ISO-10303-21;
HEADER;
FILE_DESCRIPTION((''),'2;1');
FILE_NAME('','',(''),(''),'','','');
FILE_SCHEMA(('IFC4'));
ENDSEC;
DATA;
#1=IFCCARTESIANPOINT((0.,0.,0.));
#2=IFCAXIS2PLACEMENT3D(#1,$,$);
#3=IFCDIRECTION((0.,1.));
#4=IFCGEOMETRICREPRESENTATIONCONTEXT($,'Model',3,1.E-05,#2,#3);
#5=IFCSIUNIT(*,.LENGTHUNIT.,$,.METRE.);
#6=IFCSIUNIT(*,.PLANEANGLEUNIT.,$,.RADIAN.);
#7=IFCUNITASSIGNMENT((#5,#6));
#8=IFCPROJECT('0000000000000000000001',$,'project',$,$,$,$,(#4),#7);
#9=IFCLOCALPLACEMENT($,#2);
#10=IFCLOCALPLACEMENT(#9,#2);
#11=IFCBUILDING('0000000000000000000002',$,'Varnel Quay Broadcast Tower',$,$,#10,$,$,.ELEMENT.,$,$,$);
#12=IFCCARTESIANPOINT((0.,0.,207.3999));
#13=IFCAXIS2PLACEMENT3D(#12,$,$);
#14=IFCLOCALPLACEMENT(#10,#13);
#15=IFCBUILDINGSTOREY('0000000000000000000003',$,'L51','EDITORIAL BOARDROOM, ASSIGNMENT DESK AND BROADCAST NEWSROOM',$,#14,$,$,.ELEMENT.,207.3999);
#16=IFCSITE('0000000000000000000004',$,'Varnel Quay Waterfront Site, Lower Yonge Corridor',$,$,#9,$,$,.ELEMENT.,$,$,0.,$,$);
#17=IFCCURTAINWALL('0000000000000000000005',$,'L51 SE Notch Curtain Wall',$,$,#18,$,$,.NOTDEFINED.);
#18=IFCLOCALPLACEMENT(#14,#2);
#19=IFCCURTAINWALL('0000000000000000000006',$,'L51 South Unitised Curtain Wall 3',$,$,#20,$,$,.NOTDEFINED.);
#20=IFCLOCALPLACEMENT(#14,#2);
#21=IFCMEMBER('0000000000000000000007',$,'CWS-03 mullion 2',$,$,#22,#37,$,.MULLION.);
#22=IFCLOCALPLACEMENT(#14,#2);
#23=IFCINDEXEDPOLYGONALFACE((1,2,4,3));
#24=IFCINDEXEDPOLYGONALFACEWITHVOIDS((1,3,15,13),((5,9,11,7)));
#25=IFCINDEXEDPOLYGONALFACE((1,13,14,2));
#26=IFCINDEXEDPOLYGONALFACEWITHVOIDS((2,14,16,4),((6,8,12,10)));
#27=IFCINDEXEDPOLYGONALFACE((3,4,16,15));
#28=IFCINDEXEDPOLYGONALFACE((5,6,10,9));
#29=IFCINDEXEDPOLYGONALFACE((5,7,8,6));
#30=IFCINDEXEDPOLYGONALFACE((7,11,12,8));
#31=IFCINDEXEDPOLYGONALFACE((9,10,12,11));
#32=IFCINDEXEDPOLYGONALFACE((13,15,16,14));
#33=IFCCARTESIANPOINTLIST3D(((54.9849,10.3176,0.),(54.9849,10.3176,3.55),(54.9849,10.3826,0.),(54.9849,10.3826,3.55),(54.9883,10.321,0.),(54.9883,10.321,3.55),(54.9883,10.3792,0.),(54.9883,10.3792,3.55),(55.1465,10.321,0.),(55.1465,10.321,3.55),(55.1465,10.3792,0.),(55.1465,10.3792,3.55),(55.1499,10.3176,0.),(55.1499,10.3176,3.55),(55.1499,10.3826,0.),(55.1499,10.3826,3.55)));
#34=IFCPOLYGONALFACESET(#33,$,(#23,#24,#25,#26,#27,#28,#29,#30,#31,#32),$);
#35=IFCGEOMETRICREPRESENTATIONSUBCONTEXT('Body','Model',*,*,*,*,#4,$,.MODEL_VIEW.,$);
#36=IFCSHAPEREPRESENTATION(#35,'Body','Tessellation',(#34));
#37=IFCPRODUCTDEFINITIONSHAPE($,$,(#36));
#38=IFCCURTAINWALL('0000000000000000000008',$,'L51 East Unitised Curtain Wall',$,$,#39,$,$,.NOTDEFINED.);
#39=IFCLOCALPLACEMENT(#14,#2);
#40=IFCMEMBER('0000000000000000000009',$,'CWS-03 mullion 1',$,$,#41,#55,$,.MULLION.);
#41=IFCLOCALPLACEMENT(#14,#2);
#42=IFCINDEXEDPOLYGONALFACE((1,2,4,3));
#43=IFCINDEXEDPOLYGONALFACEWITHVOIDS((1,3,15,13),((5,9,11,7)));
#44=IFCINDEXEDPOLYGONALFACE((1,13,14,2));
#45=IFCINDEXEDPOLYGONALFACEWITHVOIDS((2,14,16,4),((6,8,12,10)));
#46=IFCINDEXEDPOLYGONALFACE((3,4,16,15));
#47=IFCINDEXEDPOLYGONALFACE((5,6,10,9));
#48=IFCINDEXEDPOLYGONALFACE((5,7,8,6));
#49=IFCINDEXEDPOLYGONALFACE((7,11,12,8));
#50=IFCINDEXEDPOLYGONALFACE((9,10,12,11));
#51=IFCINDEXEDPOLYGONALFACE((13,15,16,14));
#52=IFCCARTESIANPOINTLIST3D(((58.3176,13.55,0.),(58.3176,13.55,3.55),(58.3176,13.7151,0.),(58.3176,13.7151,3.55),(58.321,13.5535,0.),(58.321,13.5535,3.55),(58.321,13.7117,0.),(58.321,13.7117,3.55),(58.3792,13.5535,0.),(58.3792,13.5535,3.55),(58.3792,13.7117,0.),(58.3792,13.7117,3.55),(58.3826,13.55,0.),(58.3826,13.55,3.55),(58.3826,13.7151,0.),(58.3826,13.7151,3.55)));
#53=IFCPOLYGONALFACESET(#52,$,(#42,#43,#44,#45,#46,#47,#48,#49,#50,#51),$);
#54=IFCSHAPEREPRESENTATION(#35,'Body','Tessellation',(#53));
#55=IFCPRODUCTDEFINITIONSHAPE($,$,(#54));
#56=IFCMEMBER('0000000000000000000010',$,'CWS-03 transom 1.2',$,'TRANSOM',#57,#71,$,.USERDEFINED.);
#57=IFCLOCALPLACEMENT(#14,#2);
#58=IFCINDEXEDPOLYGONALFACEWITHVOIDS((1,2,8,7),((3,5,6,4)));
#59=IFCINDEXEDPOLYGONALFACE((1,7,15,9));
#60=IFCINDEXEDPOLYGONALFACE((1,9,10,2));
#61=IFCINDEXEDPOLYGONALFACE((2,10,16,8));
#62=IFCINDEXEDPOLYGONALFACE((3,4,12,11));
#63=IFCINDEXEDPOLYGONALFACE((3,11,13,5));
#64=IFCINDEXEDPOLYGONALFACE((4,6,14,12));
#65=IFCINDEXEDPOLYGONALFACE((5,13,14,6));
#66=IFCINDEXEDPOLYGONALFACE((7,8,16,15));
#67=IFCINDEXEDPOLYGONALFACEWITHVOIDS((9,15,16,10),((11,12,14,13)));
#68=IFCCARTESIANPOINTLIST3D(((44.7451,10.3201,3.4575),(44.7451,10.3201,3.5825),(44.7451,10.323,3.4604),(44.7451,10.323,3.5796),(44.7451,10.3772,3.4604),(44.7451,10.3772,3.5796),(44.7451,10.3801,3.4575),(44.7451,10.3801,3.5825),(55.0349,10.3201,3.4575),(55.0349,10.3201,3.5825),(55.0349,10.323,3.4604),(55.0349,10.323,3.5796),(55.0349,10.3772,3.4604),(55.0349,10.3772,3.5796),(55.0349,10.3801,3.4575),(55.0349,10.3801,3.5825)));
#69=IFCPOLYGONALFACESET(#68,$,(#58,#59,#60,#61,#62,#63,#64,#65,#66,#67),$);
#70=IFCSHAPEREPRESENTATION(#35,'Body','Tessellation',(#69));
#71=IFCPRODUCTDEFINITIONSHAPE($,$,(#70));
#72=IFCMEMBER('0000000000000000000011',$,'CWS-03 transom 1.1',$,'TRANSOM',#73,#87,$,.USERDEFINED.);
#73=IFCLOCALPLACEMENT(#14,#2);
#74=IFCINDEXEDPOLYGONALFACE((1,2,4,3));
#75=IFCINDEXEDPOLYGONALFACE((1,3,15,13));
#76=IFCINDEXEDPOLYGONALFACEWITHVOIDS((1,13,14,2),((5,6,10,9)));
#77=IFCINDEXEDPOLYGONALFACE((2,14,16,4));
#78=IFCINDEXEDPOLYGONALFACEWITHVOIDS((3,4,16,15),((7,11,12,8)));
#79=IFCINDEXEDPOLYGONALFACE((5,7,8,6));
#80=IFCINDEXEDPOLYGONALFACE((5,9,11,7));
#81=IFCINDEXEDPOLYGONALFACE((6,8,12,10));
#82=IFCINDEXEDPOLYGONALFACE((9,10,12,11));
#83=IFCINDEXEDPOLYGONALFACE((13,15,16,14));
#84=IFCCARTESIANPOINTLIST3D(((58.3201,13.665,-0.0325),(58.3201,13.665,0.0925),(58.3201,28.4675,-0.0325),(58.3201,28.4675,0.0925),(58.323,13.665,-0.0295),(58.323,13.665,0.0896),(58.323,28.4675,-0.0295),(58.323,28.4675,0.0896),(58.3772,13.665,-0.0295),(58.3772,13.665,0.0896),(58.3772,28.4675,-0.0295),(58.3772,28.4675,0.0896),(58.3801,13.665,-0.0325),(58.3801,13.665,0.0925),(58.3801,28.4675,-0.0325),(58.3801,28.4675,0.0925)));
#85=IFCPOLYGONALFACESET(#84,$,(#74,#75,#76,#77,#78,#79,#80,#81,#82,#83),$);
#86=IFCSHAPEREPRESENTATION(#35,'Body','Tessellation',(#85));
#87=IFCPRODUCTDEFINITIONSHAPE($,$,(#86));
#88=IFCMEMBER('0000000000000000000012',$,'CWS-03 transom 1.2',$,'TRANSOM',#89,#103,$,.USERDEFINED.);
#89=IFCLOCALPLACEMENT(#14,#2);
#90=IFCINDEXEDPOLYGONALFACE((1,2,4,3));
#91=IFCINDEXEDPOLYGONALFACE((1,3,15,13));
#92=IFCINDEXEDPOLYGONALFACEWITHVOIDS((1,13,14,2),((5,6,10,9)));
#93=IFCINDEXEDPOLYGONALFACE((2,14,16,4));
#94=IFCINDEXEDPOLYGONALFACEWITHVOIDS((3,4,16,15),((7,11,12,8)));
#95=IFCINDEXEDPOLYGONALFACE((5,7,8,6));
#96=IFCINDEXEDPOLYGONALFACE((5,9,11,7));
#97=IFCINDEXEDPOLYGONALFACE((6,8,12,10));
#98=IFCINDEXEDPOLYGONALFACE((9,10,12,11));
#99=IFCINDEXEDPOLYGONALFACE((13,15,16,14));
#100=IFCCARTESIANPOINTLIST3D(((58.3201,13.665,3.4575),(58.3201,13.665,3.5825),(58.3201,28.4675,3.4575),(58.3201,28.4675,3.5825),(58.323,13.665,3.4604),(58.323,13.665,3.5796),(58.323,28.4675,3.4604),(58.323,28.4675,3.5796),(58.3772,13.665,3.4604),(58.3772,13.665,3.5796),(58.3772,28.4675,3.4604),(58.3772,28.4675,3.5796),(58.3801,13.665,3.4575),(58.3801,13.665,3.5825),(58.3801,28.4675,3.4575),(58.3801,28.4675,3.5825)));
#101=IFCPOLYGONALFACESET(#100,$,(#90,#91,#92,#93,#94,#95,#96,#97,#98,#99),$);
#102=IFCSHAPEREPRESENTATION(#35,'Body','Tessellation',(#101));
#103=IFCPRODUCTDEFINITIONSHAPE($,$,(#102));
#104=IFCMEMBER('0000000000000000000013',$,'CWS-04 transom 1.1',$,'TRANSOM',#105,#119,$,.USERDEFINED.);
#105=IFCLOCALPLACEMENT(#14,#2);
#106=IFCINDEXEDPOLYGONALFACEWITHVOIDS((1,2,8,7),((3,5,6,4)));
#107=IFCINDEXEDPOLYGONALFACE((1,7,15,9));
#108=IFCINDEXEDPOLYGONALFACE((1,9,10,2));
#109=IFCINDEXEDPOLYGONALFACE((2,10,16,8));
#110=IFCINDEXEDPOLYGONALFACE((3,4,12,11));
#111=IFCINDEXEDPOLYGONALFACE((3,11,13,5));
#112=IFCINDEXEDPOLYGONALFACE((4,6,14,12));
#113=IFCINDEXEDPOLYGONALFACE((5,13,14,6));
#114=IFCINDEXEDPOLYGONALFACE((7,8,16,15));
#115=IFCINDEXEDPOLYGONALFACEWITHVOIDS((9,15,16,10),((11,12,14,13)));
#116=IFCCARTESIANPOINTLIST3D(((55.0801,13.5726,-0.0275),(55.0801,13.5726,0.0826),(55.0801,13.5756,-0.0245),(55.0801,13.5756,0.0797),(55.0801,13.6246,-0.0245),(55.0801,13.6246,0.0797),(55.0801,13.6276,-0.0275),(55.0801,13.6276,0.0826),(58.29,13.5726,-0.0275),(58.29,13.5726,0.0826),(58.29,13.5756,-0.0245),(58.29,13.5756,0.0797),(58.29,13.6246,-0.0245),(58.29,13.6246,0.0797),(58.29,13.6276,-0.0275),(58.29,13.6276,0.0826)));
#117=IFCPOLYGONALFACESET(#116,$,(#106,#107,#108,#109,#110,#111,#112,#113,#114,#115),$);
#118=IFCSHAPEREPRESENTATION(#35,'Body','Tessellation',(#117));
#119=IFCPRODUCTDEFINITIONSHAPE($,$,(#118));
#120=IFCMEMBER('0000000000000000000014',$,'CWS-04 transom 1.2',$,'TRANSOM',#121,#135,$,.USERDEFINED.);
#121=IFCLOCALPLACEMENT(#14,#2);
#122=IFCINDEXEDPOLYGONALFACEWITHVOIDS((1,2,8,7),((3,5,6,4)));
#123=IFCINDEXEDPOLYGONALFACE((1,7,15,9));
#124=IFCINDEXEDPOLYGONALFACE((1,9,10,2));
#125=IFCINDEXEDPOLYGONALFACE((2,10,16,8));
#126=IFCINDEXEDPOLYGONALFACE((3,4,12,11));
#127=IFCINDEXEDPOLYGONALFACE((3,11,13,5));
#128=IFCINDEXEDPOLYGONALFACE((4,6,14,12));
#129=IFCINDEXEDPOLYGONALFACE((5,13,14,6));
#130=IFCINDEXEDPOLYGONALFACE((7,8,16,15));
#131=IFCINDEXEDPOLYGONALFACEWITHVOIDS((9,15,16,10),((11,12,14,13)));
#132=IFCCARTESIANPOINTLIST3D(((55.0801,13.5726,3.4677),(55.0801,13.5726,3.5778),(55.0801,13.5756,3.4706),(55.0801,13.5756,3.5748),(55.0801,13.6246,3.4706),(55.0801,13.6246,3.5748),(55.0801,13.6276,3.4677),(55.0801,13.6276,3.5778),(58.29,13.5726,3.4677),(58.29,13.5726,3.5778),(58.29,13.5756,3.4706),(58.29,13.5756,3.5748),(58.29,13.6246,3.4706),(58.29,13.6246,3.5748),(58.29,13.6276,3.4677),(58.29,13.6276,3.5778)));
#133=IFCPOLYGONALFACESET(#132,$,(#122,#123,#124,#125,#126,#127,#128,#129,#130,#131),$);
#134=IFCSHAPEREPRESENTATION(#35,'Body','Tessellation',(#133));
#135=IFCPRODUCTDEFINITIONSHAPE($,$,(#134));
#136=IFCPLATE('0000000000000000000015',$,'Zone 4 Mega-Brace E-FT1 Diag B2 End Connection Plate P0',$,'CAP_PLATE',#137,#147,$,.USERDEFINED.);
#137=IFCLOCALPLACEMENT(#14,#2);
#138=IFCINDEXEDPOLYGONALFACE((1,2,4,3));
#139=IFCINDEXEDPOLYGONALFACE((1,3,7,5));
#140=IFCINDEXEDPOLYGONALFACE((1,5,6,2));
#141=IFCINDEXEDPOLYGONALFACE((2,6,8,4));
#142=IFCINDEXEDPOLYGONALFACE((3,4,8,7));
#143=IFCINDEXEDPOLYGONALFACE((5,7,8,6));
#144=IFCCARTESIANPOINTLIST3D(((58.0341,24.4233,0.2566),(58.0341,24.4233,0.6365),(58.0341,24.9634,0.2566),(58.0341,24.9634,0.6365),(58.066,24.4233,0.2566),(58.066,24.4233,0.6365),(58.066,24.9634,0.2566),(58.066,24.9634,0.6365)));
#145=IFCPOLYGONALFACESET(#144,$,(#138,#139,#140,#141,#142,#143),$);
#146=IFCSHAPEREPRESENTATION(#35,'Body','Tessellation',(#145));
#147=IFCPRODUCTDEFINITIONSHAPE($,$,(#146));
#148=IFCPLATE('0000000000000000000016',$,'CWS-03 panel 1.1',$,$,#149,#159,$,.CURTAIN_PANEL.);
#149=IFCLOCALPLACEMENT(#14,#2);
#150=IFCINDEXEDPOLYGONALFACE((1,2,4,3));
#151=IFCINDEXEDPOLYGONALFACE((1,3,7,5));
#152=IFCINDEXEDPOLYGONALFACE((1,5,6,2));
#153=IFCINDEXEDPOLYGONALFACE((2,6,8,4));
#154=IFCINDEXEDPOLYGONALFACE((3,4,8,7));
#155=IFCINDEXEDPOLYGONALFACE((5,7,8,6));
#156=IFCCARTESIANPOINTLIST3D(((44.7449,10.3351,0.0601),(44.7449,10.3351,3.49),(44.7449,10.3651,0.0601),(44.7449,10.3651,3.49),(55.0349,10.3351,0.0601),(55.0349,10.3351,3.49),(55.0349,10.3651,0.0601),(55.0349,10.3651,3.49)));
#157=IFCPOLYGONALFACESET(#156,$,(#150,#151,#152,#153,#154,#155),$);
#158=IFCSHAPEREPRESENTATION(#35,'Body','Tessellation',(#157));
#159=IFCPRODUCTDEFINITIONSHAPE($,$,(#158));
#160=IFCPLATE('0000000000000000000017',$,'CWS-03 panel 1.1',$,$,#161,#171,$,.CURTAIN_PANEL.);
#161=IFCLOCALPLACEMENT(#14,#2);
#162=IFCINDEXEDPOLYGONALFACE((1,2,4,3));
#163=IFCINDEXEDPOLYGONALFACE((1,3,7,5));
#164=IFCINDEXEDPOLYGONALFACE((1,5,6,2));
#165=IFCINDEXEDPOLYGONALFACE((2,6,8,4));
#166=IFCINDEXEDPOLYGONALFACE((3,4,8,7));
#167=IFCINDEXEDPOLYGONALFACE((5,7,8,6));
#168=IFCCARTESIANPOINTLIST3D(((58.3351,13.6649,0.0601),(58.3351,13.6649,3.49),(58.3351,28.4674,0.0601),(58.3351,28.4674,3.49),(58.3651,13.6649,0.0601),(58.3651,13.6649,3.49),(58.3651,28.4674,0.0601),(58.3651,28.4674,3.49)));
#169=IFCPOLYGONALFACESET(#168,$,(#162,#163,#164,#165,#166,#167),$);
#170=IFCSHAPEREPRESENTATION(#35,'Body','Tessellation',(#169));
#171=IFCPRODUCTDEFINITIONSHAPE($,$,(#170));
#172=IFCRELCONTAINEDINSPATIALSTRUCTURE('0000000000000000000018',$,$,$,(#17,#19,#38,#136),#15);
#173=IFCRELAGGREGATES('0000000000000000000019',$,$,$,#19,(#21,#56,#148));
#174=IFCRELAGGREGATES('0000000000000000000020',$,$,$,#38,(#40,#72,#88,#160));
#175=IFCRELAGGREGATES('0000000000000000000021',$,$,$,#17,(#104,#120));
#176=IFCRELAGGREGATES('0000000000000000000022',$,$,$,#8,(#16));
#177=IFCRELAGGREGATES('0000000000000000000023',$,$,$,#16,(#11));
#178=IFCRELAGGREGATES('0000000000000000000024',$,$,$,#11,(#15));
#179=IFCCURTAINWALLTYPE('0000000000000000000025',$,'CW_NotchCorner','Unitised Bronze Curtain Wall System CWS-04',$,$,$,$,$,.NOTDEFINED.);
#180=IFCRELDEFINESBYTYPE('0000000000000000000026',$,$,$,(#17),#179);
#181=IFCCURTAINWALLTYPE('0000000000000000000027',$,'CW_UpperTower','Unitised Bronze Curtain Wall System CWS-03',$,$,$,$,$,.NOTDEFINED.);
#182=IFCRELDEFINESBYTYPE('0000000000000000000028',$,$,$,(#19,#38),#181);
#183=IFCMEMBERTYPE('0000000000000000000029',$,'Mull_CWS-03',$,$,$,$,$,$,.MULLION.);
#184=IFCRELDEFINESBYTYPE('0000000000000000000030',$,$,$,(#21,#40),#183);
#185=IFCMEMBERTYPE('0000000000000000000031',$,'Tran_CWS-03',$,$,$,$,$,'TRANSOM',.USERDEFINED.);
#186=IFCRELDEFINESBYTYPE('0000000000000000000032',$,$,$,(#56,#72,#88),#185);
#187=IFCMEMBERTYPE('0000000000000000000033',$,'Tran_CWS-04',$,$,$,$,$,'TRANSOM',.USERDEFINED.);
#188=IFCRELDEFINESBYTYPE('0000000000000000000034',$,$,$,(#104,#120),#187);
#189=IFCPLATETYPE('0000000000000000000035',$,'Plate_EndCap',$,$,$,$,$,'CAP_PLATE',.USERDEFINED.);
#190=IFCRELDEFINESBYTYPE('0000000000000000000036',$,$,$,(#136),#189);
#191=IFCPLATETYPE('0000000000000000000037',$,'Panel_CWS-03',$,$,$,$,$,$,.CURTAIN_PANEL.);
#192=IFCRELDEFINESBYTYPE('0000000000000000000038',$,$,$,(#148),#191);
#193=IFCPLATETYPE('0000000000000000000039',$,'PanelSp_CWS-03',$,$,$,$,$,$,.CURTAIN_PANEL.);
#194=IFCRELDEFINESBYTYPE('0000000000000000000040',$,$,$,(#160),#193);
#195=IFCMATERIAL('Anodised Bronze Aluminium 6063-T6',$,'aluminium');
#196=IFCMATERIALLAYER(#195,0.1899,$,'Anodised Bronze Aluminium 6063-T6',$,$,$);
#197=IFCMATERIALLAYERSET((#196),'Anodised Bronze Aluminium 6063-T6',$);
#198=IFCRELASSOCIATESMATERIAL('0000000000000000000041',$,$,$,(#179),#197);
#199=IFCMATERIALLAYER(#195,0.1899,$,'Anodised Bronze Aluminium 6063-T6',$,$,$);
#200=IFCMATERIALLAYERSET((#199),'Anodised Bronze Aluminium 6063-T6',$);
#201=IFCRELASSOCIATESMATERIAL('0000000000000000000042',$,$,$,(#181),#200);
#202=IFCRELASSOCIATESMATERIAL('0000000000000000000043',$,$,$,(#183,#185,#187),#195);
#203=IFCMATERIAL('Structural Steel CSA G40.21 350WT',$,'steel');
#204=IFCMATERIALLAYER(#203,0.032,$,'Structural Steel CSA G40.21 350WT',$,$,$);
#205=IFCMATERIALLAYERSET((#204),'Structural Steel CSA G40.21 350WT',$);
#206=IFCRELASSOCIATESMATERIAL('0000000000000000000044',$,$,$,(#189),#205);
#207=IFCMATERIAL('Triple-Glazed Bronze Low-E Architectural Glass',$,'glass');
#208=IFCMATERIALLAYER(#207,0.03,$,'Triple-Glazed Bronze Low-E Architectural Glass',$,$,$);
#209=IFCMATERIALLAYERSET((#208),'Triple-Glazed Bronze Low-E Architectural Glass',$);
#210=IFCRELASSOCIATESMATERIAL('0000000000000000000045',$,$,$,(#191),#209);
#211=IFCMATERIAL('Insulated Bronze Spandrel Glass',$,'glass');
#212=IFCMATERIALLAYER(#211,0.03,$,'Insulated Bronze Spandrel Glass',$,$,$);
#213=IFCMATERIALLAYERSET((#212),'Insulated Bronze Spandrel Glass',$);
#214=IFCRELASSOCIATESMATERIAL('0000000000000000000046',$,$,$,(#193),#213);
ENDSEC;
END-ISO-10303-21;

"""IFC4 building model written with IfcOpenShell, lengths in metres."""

from ifc_helpers import new_model, si_unit, direction, frame, origin, origin_2d, place, context, subcontext, project, spatial, rectangle, hollow_rectangle, extrude, source, transform, mapped, material, layer, layer_set, material_profile, profile_set, type_object, type_shapes, element, aggregate, save


model = new_model("IFC4")

# Units and contexts
model_context = context("Model", 3, precision=1e-05, world=origin(), true_north=direction((0.0, 1.0)))
body_context = subcontext(model_context, "Body", "Model", "MODEL_VIEW")
ifc_project = project(units=[si_unit("LENGTHUNIT", "METRE"), si_unit("PLANEANGLEUNIT", "RADIAN")], contexts=[model_context])

# Site, building, storey
site_placement = place(None, origin())
site = spatial("IfcSite", under=ifc_project, at=site_placement, Name="Varnel Quay Waterfront Site, Lower Yonge Corridor", CompositionType="ELEMENT", RefElevation=0.0)
building_placement = place(site_placement, origin())
building = spatial("IfcBuilding", under=site, at=building_placement, Name="Varnel Quay Broadcast Tower", CompositionType="ELEMENT")
storey_placement = place(building_placement, frame((0.0, 0.0, 207.3999)))
storey = spatial("IfcBuildingStorey", under=building, at=storey_placement, Name="L51", Description="EDITORIAL BOARDROOM, ASSIGNMENT DESK AND BROADCAST NEWSROOM", CompositionType="ELEMENT", Elevation=207.3999)

# Shared definitions
ifc_material_1 = material(Name="Structural Steel CSA G40.21 350WT", Category="steel")

# Curtain wall
ifc_material_2 = material(Name="Anodised Bronze Aluminium 6063-T6", Category="aluminium")
ifc_layer_1 = layer(ifc_material_2, 0.1899, Name="Anodised Bronze Aluminium 6063-T6")
ifc_layer_set_1 = layer_set([ifc_layer_1], Name="Anodised Bronze Aluminium 6063-T6")
curtain_wall_type_1 = type_object("IfcCurtainWallType", Name="CW_NotchCorner", Description="Unitised Bronze Curtain Wall System CWS-04", PredefinedType="NOTDEFINED", material=ifc_layer_set_1)
curtain_wall_1_placement = place(storey_placement, origin())
curtain_wall_1 = element("IfcCurtainWall", 1, at=curtain_wall_1_placement, inside=storey, type_object=curtain_wall_type_1, Name="L51 SE Notch Curtain Wall", PredefinedType="NOTDEFINED")

# Curtain walls, members
ifc_layer_2 = layer(ifc_material_2, 0.1899, Name="Anodised Bronze Aluminium 6063-T6")
ifc_layer_set_2 = layer_set([ifc_layer_2], Name="Anodised Bronze Aluminium 6063-T6")
curtain_wall_type_2 = type_object("IfcCurtainWallType", Name="CW_UpperTower", Description="Unitised Bronze Curtain Wall System CWS-03", PredefinedType="NOTDEFINED", material=ifc_layer_set_2)
curtain_wall_2_placement = place(storey_placement, origin())
curtain_wall_2 = element("IfcCurtainWall", 2, at=curtain_wall_2_placement, inside=storey, type_object=curtain_wall_type_2, Name="L51 South Unitised Curtain Wall 3", PredefinedType="NOTDEFINED")
ifc_material_profile_1 = material_profile(ifc_material_2, hollow_rectangle(XDim=0.0649, YDim=0.165, WallThickness=0.0034, at=origin_2d()), Name="ALU65X165X3.5")
ifc_profile_set_1 = profile_set([ifc_material_profile_1], Name="Anodised Bronze Aluminium 6063-T6")
member_type_1 = type_object("IfcMemberType", Name="Mull_CWS-03", PredefinedType="MULLION", material=ifc_profile_set_1)
shared_shape_1 = source(origin(), body_context, "Body", "SweptSolid", [
    extrude(hollow_rectangle(XDim=0.0649, YDim=0.165, WallThickness=0.0034, at=origin_2d()), origin(), (0.0, 0.0, 1.0), 3.55),
])
type_shapes(member_type_1, [shared_shape_1])
member_1_placement = place(storey_placement, frame((55.0674, 10.3501, 0.0), z_axis=(0.0, 0.0, 1.0), x_axis=(0.0, 1.0, 0.0)))
member_1 = element("IfcMember", 3, at=member_1_placement, type_object=member_type_1, Name="CWS-03 mullion 2", PredefinedType="MULLION", context=body_context, shape_type="MappedRepresentation", body=[
    mapped(shared_shape_1, transform((0.0, 0.0, 0.0), x_axis=(1.0, 0.0, 0.0), y_axis=(0.0, 1.0, 0.0), z_axis=(0.0, 0.0, 1.0), scale=1.0)),
])
curtain_wall_3_placement = place(storey_placement, origin())
curtain_wall_3 = element("IfcCurtainWall", 4, at=curtain_wall_3_placement, inside=storey, type_object=curtain_wall_type_2, Name="L51 East Unitised Curtain Wall", PredefinedType="NOTDEFINED")
member_2_placement = place(storey_placement, frame((58.3501, 13.6326, 0.0), z_axis=(0.0, 0.0, 1.0), x_axis=(-1.0, 0.0, 0.0)))
member_2 = element("IfcMember", 5, at=member_2_placement, type_object=member_type_1, Name="CWS-03 mullion 1", PredefinedType="MULLION", context=body_context, shape_type="MappedRepresentation", body=[
    mapped(shared_shape_1, transform((0.0, 0.0, 0.0), x_axis=(1.0, 0.0, 0.0), y_axis=(0.0, 1.0, 0.0), z_axis=(0.0, 0.0, 1.0), scale=1.0)),
])

# Members
ifc_material_profile_2 = material_profile(ifc_material_2, hollow_rectangle(XDim=0.0601, YDim=0.125, WallThickness=0.0029, at=origin_2d()), Name="ALU60X125X3")
ifc_profile_set_2 = profile_set([ifc_material_profile_2], Name="Anodised Bronze Aluminium 6063-T6")
member_type_2 = type_object("IfcMemberType", Name="Tran_CWS-03", ElementType="TRANSOM", PredefinedType="USERDEFINED", material=ifc_profile_set_2)
shared_shape_2 = source(origin(), body_context, "Body", "SweptSolid", [
    extrude(hollow_rectangle(XDim=0.0601, YDim=0.125, WallThickness=0.0029, at=origin_2d()), origin(), (0.0, 0.0, 1.0), 10.2898),
])
member_3_placement = place(storey_placement, frame((44.7451, 10.3501, 3.52), z_axis=(1.0, 0.0, 0.0), x_axis=(0.0, 1.0, 0.0)))
member_3 = element("IfcMember", 6, at=member_3_placement, type_object=member_type_2, Name="CWS-03 transom 1.2", ObjectType="TRANSOM", PredefinedType="USERDEFINED", context=body_context, shape_type="MappedRepresentation", body=[
    mapped(shared_shape_2, transform((0.0, 0.0, 0.0), x_axis=(1.0, 0.0, 0.0), y_axis=(0.0, 1.0, 0.0), z_axis=(0.0, 0.0, 1.0), scale=1.0)),
])
shared_shape_3 = source(origin(), body_context, "Body", "SweptSolid", [
    extrude(hollow_rectangle(XDim=0.0601, YDim=0.125, WallThickness=0.0029, at=origin_2d()), origin(), (0.0, 0.0, 1.0), 14.8025),
])
type_shapes(member_type_2, [shared_shape_2, shared_shape_3])
member_4_placement = place(storey_placement, frame((58.3501, 13.665, 0.03), z_axis=(0.0, 1.0, 0.0), x_axis=(-1.0, 0.0, 0.0)))
member_4 = element("IfcMember", 7, at=member_4_placement, type_object=member_type_2, Name="CWS-03 transom 1.1", ObjectType="TRANSOM", PredefinedType="USERDEFINED", context=body_context, shape_type="MappedRepresentation", body=[
    mapped(shared_shape_3, transform((0.0, 0.0, 0.0), x_axis=(1.0, 0.0, 0.0), y_axis=(0.0, 1.0, 0.0), z_axis=(0.0, 0.0, 1.0), scale=1.0)),
])
member_5_placement = place(storey_placement, frame((58.3501, 13.665, 3.52), z_axis=(0.0, 1.0, 0.0), x_axis=(-1.0, 0.0, 0.0)))
member_5 = element("IfcMember", 8, at=member_5_placement, type_object=member_type_2, Name="CWS-03 transom 1.2", ObjectType="TRANSOM", PredefinedType="USERDEFINED", context=body_context, shape_type="MappedRepresentation", body=[
    mapped(shared_shape_3, transform((0.0, 0.0, 0.0), x_axis=(1.0, 0.0, 0.0), y_axis=(0.0, 1.0, 0.0), z_axis=(0.0, 0.0, 1.0), scale=1.0)),
])
ifc_material_profile_3 = material_profile(ifc_material_2, hollow_rectangle(XDim=0.0549, YDim=0.1101, WallThickness=0.0029, at=origin_2d()), Name="ALU55X110X3")
ifc_profile_set_3 = profile_set([ifc_material_profile_3], Name="Anodised Bronze Aluminium 6063-T6")
member_type_3 = type_object("IfcMemberType", Name="Tran_CWS-04", ElementType="TRANSOM", PredefinedType="USERDEFINED", material=ifc_profile_set_3)
shared_shape_4 = source(origin(), body_context, "Body", "SweptSolid", [
    extrude(hollow_rectangle(XDim=0.0549, YDim=0.1101, WallThickness=0.0029, at=origin_2d()), origin(), (0.0, 0.0, 1.0), 3.21),
])
type_shapes(member_type_3, [shared_shape_4])
member_6_placement = place(storey_placement, frame((55.0801, 13.6001, 0.0276), z_axis=(1.0, 0.0, 0.0), x_axis=(0.0, 1.0, 0.0)))
member_6 = element("IfcMember", 9, at=member_6_placement, type_object=member_type_3, Name="CWS-04 transom 1.1", ObjectType="TRANSOM", PredefinedType="USERDEFINED", context=body_context, shape_type="MappedRepresentation", body=[
    mapped(shared_shape_4, transform((0.0, 0.0, 0.0), x_axis=(1.0, 0.0, 0.0), y_axis=(0.0, 1.0, 0.0), z_axis=(0.0, 0.0, 1.0), scale=1.0)),
])
member_7_placement = place(storey_placement, frame((55.0801, 13.6001, 3.5227), z_axis=(1.0, 0.0, 0.0), x_axis=(0.0, 1.0, 0.0)))
member_7 = element("IfcMember", 10, at=member_7_placement, type_object=member_type_3, Name="CWS-04 transom 1.2", ObjectType="TRANSOM", PredefinedType="USERDEFINED", context=body_context, shape_type="MappedRepresentation", body=[
    mapped(shared_shape_4, transform((0.0, 0.0, 0.0), x_axis=(1.0, 0.0, 0.0), y_axis=(0.0, 1.0, 0.0), z_axis=(0.0, 0.0, 1.0), scale=1.0)),
])

# Plates
ifc_layer_3 = layer(ifc_material_1, 0.032, Name="Structural Steel CSA G40.21 350WT")
ifc_layer_set_3 = layer_set([ifc_layer_3], Name="Structural Steel CSA G40.21 350WT")
plate_type_1 = type_object("IfcPlateType", Name="Plate_EndCap", ElementType="CAP_PLATE", PredefinedType="USERDEFINED", material=ifc_layer_set_3)
shared_shape_5 = source(origin(), body_context, "Body", "SweptSolid", [
    extrude(rectangle(XDim=0.54, YDim=0.032, at=origin_2d()), origin(), (0.0, 0.0, 1.0), 0.3799),
])
type_shapes(plate_type_1, [shared_shape_5])
plate_1_placement = place(storey_placement, frame((58.05, 24.6934, 0.2566), z_axis=(0.0, 0.0, 1.0), x_axis=(0.0, 1.0, 0.0)))
element("IfcPlate", 11, at=plate_1_placement, inside=storey, type_object=plate_type_1, Name="Zone 4 Mega-Brace E-FT1 Diag B2 End Connection Plate P0", ObjectType="CAP_PLATE", PredefinedType="USERDEFINED", context=body_context, shape_type="MappedRepresentation", body=[
    mapped(shared_shape_5, transform((0.0, 0.0, 0.0), x_axis=(1.0, 0.0, 0.0), y_axis=(0.0, 1.0, 0.0), z_axis=(0.0, 0.0, 1.0), scale=1.0)),
])
ifc_material_3 = material(Name="Triple-Glazed Bronze Low-E Architectural Glass", Category="glass")
ifc_layer_4 = layer(ifc_material_3, 0.03, Name="Triple-Glazed Bronze Low-E Architectural Glass")
ifc_layer_set_4 = layer_set([ifc_layer_4], Name="Triple-Glazed Bronze Low-E Architectural Glass")
plate_type_2 = type_object("IfcPlateType", Name="Panel_CWS-03", PredefinedType="CURTAIN_PANEL", material=ifc_layer_set_4)
shared_shape_6 = source(origin(), body_context, "Body", "SweptSolid", [
    extrude(rectangle(XDim=10.29, YDim=0.03, at=origin_2d()), origin(), (0.0, 0.0, 1.0), 3.4299),
])
type_shapes(plate_type_2, [shared_shape_6])
plate_2_placement = place(storey_placement, frame((49.8899, 10.3501, 0.0601), z_axis=(0.0, 0.0, 1.0), x_axis=(1.0, 0.0, 0.0)))
plate_2 = element("IfcPlate", 12, at=plate_2_placement, type_object=plate_type_2, Name="CWS-03 panel 1.1", PredefinedType="CURTAIN_PANEL", context=body_context, shape_type="MappedRepresentation", body=[
    mapped(shared_shape_6, transform((0.0, 0.0, 0.0), x_axis=(1.0, 0.0, 0.0), y_axis=(0.0, 1.0, 0.0), z_axis=(0.0, 0.0, 1.0), scale=1.0)),
])
aggregate(curtain_wall_2, [member_1, member_3, plate_2])
ifc_material_4 = material(Name="Insulated Bronze Spandrel Glass", Category="glass")
ifc_layer_5 = layer(ifc_material_4, 0.03, Name="Insulated Bronze Spandrel Glass")
ifc_layer_set_5 = layer_set([ifc_layer_5], Name="Insulated Bronze Spandrel Glass")
plate_type_3 = type_object("IfcPlateType", Name="PanelSp_CWS-03", PredefinedType="CURTAIN_PANEL", material=ifc_layer_set_5)
shared_shape_7 = source(origin(), body_context, "Body", "SweptSolid", [
    extrude(rectangle(XDim=14.8025, YDim=0.03, at=origin_2d()), origin(), (0.0, 0.0, 1.0), 3.4299),
])
type_shapes(plate_type_3, [shared_shape_7])
plate_3_placement = place(storey_placement, frame((58.3501, 21.0662, 0.0601), z_axis=(0.0, 0.0, 1.0), x_axis=(0.0, 1.0, 0.0)))
plate_3 = element("IfcPlate", 13, at=plate_3_placement, type_object=plate_type_3, Name="CWS-03 panel 1.1", PredefinedType="CURTAIN_PANEL", context=body_context, shape_type="MappedRepresentation", body=[
    mapped(shared_shape_7, transform((0.0, 0.0, 0.0), x_axis=(1.0, 0.0, 0.0), y_axis=(0.0, 1.0, 0.0), z_axis=(0.0, 0.0, 1.0), scale=1.0)),
])
aggregate(curtain_wall_3, [member_2, member_4, member_5, plate_3])
aggregate(curtain_wall_1, [member_6, member_7])

save(model, "model.ifc")
